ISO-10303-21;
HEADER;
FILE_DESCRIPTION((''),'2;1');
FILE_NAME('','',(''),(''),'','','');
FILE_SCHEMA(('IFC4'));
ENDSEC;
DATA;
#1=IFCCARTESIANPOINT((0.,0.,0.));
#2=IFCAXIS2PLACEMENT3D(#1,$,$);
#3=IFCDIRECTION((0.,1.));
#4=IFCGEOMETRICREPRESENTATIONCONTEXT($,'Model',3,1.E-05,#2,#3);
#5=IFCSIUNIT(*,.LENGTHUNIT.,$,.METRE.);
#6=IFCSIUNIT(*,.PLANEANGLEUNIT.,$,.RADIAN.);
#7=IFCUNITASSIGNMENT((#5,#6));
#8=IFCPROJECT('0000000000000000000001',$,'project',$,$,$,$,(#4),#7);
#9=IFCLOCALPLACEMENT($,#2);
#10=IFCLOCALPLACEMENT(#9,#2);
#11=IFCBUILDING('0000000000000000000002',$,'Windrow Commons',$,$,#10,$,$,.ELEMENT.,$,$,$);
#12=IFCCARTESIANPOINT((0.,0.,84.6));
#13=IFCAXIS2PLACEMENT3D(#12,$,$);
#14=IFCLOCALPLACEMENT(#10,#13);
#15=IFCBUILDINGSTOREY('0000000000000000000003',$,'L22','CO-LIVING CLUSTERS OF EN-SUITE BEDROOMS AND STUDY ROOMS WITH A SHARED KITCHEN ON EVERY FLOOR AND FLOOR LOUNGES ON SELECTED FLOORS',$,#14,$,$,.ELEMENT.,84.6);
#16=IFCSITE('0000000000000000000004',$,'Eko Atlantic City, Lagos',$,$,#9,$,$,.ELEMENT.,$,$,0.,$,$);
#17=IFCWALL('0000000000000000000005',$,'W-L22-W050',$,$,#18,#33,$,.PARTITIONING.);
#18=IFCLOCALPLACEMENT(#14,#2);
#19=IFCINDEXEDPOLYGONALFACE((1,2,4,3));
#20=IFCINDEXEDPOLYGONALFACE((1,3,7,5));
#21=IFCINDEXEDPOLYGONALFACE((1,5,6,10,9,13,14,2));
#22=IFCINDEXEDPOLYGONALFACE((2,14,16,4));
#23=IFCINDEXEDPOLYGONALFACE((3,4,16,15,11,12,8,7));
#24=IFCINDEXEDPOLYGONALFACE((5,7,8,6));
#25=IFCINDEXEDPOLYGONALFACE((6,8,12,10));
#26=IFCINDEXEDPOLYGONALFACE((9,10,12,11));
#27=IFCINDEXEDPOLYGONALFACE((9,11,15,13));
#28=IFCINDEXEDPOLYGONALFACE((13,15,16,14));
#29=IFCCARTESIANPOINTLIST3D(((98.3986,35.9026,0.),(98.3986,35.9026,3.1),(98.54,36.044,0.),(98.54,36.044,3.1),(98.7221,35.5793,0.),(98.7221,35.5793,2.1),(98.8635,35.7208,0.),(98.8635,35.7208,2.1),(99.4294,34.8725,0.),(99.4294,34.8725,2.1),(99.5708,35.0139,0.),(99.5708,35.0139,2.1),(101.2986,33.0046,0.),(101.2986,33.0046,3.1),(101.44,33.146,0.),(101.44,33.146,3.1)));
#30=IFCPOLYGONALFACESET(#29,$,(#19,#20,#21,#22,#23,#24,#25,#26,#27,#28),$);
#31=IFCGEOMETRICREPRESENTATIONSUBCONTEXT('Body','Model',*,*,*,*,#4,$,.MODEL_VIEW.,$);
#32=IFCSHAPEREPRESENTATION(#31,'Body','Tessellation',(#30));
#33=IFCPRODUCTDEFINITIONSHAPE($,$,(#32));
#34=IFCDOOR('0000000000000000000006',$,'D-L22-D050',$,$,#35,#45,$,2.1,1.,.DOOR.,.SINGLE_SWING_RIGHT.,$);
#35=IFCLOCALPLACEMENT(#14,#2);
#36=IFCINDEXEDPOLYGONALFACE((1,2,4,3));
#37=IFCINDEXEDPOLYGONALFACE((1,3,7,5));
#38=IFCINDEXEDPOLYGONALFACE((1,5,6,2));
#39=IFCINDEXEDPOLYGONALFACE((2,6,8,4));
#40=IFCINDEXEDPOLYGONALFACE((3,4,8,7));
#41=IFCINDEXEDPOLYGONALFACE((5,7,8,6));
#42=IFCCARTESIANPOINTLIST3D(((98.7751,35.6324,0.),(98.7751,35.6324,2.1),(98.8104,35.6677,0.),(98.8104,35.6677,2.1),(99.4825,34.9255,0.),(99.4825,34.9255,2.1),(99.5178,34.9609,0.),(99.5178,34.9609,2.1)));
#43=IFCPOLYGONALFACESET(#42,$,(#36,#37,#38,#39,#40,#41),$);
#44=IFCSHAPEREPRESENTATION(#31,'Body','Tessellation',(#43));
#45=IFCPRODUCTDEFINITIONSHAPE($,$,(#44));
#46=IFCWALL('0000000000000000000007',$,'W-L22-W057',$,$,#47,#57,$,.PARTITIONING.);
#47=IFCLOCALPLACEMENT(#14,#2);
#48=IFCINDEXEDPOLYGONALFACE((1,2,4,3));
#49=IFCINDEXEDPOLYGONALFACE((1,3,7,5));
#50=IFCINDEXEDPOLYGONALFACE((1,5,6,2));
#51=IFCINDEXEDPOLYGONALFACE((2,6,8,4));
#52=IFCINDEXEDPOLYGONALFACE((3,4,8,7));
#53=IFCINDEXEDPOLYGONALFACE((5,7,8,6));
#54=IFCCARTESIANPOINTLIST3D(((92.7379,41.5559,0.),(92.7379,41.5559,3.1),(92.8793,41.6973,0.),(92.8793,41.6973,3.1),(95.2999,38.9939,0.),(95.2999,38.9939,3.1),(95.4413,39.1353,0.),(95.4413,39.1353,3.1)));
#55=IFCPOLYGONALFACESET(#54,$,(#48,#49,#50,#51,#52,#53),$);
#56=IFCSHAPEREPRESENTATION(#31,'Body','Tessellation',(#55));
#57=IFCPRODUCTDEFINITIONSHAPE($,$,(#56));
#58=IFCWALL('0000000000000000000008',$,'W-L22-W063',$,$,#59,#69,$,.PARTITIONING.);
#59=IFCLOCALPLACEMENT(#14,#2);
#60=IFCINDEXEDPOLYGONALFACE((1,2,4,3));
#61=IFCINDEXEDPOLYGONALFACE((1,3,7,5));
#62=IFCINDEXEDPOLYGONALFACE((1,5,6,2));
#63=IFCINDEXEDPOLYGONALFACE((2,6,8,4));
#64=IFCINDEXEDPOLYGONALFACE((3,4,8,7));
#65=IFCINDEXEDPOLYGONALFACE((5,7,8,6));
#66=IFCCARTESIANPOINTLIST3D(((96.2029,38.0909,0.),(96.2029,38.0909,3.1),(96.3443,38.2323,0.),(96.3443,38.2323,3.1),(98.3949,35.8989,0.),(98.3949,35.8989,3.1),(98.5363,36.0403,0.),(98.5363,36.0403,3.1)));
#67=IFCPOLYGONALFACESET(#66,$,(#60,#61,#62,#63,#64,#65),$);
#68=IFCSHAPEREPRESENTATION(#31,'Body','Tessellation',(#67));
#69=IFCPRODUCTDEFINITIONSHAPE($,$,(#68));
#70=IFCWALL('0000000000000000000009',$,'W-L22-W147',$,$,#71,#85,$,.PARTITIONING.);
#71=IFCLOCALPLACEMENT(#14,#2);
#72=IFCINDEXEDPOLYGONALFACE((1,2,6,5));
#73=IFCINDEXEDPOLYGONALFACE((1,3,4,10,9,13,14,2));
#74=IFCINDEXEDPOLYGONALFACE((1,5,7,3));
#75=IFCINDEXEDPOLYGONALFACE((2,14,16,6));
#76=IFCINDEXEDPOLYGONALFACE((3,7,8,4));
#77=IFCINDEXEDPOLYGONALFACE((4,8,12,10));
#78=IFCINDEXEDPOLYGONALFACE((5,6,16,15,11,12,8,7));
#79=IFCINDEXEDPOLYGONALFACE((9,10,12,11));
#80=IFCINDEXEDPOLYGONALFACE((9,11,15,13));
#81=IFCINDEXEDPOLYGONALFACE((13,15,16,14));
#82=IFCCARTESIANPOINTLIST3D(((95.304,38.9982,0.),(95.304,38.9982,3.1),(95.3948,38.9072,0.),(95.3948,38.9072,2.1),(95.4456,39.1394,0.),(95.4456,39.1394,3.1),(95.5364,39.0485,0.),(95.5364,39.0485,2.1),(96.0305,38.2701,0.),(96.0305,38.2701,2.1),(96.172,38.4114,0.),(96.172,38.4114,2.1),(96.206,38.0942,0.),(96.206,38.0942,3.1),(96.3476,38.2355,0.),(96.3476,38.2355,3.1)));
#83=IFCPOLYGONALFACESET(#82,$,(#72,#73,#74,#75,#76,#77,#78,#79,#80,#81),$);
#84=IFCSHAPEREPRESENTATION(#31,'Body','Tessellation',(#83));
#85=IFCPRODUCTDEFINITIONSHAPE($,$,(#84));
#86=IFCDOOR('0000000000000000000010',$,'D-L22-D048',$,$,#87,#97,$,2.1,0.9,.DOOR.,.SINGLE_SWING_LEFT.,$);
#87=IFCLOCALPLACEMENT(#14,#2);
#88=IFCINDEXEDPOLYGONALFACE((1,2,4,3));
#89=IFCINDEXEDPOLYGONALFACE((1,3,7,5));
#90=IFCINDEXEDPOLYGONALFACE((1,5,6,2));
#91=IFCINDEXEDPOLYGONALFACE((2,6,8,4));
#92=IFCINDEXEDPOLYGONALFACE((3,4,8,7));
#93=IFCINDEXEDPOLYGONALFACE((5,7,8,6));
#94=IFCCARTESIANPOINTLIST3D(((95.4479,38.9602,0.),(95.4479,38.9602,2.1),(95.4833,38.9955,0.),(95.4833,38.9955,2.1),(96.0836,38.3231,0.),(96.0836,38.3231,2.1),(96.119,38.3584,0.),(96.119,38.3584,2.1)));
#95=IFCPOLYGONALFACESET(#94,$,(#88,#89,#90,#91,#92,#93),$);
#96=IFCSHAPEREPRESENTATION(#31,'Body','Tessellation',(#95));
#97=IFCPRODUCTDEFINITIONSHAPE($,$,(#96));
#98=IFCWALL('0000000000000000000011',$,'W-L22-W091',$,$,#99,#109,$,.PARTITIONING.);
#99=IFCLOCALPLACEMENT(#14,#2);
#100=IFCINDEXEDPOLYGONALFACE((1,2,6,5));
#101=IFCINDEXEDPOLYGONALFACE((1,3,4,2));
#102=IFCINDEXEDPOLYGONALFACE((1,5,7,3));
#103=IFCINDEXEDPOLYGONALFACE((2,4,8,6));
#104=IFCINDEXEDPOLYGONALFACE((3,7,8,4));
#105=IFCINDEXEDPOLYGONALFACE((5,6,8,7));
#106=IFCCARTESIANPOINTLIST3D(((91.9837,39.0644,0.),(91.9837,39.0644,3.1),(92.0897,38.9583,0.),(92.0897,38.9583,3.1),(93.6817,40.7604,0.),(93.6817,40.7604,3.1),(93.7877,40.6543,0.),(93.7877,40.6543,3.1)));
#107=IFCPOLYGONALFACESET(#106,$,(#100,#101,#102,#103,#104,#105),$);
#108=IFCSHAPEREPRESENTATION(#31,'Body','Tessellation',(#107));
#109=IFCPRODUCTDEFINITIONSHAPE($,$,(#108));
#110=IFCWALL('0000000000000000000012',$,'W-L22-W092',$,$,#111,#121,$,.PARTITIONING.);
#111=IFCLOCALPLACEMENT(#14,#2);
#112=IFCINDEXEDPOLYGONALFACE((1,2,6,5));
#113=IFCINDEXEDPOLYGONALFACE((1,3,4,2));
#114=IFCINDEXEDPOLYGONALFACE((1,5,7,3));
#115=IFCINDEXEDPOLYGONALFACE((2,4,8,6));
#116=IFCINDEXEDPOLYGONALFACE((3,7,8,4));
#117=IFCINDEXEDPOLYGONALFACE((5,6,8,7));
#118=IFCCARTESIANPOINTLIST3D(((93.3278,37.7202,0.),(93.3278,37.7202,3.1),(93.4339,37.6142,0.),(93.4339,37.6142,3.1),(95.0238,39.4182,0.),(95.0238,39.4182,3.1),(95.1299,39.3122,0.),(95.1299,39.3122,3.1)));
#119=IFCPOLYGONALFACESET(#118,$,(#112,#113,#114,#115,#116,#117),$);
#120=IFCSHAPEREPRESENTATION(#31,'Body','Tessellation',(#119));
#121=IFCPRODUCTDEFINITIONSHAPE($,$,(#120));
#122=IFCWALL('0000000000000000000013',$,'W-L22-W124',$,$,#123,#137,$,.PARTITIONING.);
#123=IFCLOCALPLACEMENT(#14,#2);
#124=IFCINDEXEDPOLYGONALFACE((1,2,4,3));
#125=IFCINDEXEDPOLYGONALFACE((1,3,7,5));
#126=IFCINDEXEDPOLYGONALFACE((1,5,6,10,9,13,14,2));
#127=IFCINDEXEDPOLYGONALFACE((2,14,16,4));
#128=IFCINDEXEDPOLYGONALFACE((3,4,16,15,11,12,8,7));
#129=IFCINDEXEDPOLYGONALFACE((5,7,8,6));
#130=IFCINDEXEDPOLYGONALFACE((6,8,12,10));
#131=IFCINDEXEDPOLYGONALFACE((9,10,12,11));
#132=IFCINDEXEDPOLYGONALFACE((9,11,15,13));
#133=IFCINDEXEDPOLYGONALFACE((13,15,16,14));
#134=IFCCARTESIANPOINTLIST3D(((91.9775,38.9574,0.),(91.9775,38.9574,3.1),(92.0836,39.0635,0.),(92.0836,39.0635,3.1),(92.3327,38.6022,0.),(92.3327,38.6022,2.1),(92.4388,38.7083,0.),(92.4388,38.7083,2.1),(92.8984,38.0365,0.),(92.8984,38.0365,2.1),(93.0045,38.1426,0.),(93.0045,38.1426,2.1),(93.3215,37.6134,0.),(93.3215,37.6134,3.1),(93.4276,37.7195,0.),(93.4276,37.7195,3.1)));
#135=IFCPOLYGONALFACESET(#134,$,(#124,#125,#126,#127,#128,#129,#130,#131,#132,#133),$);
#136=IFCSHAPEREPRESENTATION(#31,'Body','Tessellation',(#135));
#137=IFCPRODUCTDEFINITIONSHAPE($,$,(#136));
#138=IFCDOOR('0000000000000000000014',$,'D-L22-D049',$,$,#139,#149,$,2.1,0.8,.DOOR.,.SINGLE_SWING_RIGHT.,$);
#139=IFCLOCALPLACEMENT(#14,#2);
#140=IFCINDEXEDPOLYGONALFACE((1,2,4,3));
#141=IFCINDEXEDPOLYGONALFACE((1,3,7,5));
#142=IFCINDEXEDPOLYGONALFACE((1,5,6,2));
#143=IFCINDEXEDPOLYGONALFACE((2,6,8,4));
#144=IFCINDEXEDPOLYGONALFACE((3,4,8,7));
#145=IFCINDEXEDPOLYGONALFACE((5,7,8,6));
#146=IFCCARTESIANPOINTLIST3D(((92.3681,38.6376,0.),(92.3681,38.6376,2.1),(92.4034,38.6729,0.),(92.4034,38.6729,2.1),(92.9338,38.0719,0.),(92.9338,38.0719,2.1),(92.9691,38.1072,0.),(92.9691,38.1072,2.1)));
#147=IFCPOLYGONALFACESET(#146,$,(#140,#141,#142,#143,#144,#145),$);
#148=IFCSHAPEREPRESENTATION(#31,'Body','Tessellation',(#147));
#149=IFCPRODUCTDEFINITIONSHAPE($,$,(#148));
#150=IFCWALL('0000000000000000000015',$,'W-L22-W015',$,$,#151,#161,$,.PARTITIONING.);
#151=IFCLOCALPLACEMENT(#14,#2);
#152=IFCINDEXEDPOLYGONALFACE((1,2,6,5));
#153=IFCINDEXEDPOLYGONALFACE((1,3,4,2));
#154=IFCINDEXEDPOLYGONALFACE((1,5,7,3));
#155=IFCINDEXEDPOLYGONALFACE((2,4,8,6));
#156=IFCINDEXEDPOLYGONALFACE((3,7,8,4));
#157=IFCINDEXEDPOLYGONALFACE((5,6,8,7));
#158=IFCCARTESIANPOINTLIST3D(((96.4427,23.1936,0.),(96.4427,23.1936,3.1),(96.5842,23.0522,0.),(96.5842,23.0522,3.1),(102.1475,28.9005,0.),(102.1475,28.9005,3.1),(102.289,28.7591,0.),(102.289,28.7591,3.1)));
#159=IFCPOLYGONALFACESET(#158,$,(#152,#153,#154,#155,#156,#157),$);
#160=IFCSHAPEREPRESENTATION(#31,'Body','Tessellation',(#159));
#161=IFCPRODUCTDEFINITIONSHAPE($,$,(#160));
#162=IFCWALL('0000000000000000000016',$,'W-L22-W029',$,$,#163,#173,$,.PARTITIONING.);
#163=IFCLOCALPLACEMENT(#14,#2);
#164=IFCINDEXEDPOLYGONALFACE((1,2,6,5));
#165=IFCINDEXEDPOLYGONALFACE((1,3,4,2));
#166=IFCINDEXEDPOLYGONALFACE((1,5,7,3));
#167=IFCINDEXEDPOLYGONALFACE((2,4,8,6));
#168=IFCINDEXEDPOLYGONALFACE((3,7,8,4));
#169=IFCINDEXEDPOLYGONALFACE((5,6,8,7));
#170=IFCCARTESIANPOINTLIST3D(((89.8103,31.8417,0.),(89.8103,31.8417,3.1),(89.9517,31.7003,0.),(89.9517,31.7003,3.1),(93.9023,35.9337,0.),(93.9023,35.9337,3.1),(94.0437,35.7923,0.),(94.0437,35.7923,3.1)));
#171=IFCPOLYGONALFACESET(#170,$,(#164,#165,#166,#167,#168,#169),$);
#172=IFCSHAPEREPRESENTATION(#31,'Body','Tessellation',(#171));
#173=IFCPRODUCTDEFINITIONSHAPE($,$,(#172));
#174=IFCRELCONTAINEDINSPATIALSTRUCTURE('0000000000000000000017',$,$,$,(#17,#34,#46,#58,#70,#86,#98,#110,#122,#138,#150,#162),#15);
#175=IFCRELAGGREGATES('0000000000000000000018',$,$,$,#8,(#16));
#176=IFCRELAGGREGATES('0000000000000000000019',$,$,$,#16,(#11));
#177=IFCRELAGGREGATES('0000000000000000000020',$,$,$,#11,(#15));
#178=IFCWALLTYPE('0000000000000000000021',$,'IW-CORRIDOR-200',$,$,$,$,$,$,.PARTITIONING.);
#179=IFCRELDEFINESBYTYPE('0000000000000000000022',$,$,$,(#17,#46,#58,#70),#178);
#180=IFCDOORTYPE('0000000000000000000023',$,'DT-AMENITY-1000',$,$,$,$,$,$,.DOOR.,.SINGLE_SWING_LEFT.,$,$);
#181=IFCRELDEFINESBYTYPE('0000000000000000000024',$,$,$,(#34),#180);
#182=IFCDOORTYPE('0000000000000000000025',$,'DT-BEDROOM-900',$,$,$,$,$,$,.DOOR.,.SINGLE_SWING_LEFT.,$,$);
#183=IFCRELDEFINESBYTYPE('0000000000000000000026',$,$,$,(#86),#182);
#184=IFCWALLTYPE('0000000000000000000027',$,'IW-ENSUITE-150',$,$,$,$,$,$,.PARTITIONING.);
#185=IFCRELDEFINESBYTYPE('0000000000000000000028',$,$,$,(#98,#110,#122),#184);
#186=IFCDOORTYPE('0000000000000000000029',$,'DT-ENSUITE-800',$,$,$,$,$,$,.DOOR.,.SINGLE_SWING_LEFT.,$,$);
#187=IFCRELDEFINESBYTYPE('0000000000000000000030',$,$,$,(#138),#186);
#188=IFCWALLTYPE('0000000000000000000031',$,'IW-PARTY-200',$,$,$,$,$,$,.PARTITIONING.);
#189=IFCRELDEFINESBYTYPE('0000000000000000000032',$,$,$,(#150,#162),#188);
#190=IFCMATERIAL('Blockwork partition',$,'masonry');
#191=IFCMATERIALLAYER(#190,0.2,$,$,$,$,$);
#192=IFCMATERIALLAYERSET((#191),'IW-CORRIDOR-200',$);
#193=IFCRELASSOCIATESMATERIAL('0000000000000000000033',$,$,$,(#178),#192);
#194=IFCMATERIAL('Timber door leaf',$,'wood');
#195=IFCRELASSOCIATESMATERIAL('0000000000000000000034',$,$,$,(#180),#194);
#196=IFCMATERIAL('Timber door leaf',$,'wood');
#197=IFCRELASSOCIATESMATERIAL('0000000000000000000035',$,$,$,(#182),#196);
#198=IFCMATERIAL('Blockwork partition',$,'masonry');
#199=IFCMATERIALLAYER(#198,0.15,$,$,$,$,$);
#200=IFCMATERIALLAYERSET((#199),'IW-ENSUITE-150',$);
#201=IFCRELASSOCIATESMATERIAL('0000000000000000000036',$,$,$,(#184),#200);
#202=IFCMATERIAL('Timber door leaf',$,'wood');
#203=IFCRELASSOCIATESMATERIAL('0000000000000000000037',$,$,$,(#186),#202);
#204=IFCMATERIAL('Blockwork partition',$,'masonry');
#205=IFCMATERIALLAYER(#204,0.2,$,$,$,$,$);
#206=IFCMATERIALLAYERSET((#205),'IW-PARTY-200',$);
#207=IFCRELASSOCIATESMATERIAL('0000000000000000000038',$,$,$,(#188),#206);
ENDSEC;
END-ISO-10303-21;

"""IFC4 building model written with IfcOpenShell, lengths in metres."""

from ifc_helpers import new_model, si_unit, direction, frame, frame_2d, origin, place, context, subcontext, project, spatial, rectangle, extrude, material, layer, layer_set, type_object, element, fill, save


model = new_model("IFC4")

# Units and contexts
model_context = context("Model", 3, precision=1e-05, world=origin(), true_north=direction((0.0, 1.0)))
body_context = subcontext(model_context, "Body", "Model", "MODEL_VIEW")
ifc_project = project(units=[si_unit("LENGTHUNIT", "METRE"), si_unit("PLANEANGLEUNIT", "RADIAN")], contexts=[model_context])

# Site, building, storey
site_placement = place(None, origin())
site = spatial("IfcSite", under=ifc_project, at=site_placement, Name="Eko Atlantic City, Lagos", CompositionType="ELEMENT", RefElevation=0.0)
building_placement = place(site_placement, origin())
building = spatial("IfcBuilding", under=site, at=building_placement, Name="Windrow Commons", CompositionType="ELEMENT")
storey_placement = place(building_placement, frame((0.0, 0.0, 84.6)))
storey = spatial("IfcBuildingStorey", under=building, at=storey_placement, Name="L22", Description="CO-LIVING CLUSTERS OF EN-SUITE BEDROOMS AND STUDY ROOMS WITH A SHARED KITCHEN ON EVERY FLOOR AND FLOOR LOUNGES ON SELECTED FLOORS", CompositionType="ELEMENT", Elevation=84.6)

# Wall, opening, door
ifc_material_1 = material(Name="Blockwork partition", Category="masonry")
ifc_layer_1 = layer(ifc_material_1, 0.2)
ifc_layer_set_1 = layer_set([ifc_layer_1], Name="IW-CORRIDOR-200")
wall_type_1 = type_object("IfcWallType", Name="IW-CORRIDOR-200", PredefinedType="PARTITIONING", material=ifc_layer_set_1)
wall_1_placement = place(storey_placement, frame((98.4693, 35.9733, 0.0), z_axis=(0.0, 0.0, 1.0), x_axis=(0.707351, -0.706863, 0.0)))
wall_1 = element("IfcWall", 1, at=wall_1_placement, inside=storey, type_object=wall_type_1, Name="W-L22-W050", PredefinedType="PARTITIONING", context=body_context, shape_type="SweptSolid", body=[
    extrude(rectangle(XDim=4.0998, YDim=0.2, at=frame_2d((2.0499, 0.0))), origin(), (0.0, 0.0, 1.0), 3.1),
])
opening_1_placement = place(wall_1_placement, frame((0.4573, 0.0, 0.0)))
opening_1 = element("IfcOpeningElement", 2, at=opening_1_placement, cuts=wall_1, PredefinedType="OPENING", context=body_context, shape_type="SweptSolid", body=[
    extrude(rectangle(XDim=1.0, YDim=2.1, at=frame_2d((0.5, 1.05))), frame((0.0, 0.11, 0.0), z_axis=(0.0, -1.0, 0.0), x_axis=(1.0, 0.0, 0.0)), (0.0, 0.0, 1.0), 0.22),
])
ifc_material_2 = material(Name="Timber door leaf", Category="wood")
door_type_1 = type_object("IfcDoorType", Name="DT-AMENITY-1000", OperationType="SINGLE_SWING_LEFT", PredefinedType="DOOR", material=ifc_material_2)
door_1_placement = place(opening_1_placement, origin())
door_1 = element("IfcDoor", 3, at=door_1_placement, inside=storey, type_object=door_type_1, Name="D-L22-D050", OperationType="SINGLE_SWING_RIGHT", OverallHeight=2.1, OverallWidth=1.0, PredefinedType="DOOR", context=body_context, shape_type="SweptSolid", body=[
    extrude(rectangle(XDim=1.0, YDim=2.1, at=frame_2d((0.5, 1.05))), frame((0.0, 0.025, 0.0), z_axis=(0.0, -1.0, 0.0), x_axis=(1.0, 0.0, 0.0)), (0.0, 0.0, 1.0), 0.05),
])
fill(opening_1, door_1)

# Walls
wall_2_placement = place(storey_placement, frame((92.8086, 41.6266, 0.0), z_axis=(0.0, 0.0, 1.0), x_axis=(0.707107, -0.707107, 0.0)))
element("IfcWall", 4, at=wall_2_placement, inside=storey, type_object=wall_type_1, Name="W-L22-W057", PredefinedType="PARTITIONING", context=body_context, shape_type="SweptSolid", body=[
    extrude(rectangle(XDim=3.6232, YDim=0.2, at=frame_2d((1.8116, 0.0))), origin(), (0.0, 0.0, 1.0), 3.1),
])
wall_3_placement = place(storey_placement, frame((96.2736, 38.1616, 0.0), z_axis=(0.0, 0.0, 1.0), x_axis=(0.707107, -0.707107, 0.0)))
element("IfcWall", 5, at=wall_3_placement, inside=storey, type_object=wall_type_1, Name="W-L22-W063", PredefinedType="PARTITIONING", context=body_context, shape_type="SweptSolid", body=[
    extrude(rectangle(XDim=3.1, YDim=0.2, at=frame_2d((1.55, 0.0))), origin(), (0.0, 0.0, 1.0), 3.1),
])

# Wall, opening, door
wall_4_placement = place(storey_placement, frame((95.3748, 39.0688, 0.0), z_axis=(0.0, 0.0, 1.0), x_axis=(0.706323, -0.707889, 0.0)))
wall_4 = element("IfcWall", 6, at=wall_4_placement, inside=storey, type_object=wall_type_1, Name="W-L22-W147", PredefinedType="PARTITIONING", context=body_context, shape_type="SweptSolid", body=[
    extrude(rectangle(XDim=1.277, YDim=0.2, at=frame_2d((0.6385, 0.0))), origin(), (0.0, 0.0, 1.0), 3.1),
])
opening_2_placement = place(wall_4_placement, frame((0.1285, 0.0, 0.0)))
opening_2 = element("IfcOpeningElement", 7, at=opening_2_placement, cuts=wall_4, PredefinedType="OPENING", context=body_context, shape_type="SweptSolid", body=[
    extrude(rectangle(XDim=0.9, YDim=2.1, at=frame_2d((0.45, 1.05))), frame((0.0, 0.11, 0.0), z_axis=(0.0, -1.0, 0.0), x_axis=(1.0, 0.0, 0.0)), (0.0, 0.0, 1.0), 0.22),
])
ifc_material_3 = material(Name="Timber door leaf", Category="wood")
door_type_2 = type_object("IfcDoorType", Name="DT-BEDROOM-900", OperationType="SINGLE_SWING_LEFT", PredefinedType="DOOR", material=ifc_material_3)
door_2_placement = place(opening_2_placement, origin())
door_2 = element("IfcDoor", 8, at=door_2_placement, inside=storey, type_object=door_type_2, Name="D-L22-D048", OperationType="SINGLE_SWING_LEFT", OverallHeight=2.1, OverallWidth=0.9, PredefinedType="DOOR", context=body_context, shape_type="SweptSolid", body=[
    extrude(rectangle(XDim=0.9, YDim=2.1, at=frame_2d((0.45, 1.05))), frame((0.0, 0.025, 0.0), z_axis=(0.0, -1.0, 0.0), x_axis=(1.0, 0.0, 0.0)), (0.0, 0.0, 1.0), 0.05),
])
fill(opening_2, door_2)

# Walls
ifc_material_4 = material(Name="Blockwork partition", Category="masonry")
ifc_layer_2 = layer(ifc_material_4, 0.15)
ifc_layer_set_2 = layer_set([ifc_layer_2], Name="IW-ENSUITE-150")
wall_type_2 = type_object("IfcWallType", Name="IW-ENSUITE-150", PredefinedType="PARTITIONING", material=ifc_layer_set_2)
for number, where, z_axis, x_axis, name in (
    (9, (92.0367, 39.0113, 0.0), (0.0, 0.0, 1.0), (0.707523, 0.70669, 0.0), "W-L22-W091"),
    (10, (93.3808, 37.6672, 0.0), (0.0, 0.0, 1.0), (0.70669, 0.707523, 0.0), "W-L22-W092"),
):
    element("IfcWall", number, at=place(storey_placement, frame(where, z_axis=z_axis, x_axis=x_axis)), inside=storey, type_object=wall_type_2, Name=name, PredefinedType="PARTITIONING", context=body_context, shape_type="SweptSolid", body=[
        extrude(rectangle(XDim=2.3999, YDim=0.15, at=frame_2d((1.2, 0.0))), origin(), (0.0, 0.0, 1.0), 3.1),
    ])

# Wall, opening, door
wall_5_placement = place(storey_placement, frame((92.0305, 39.0105, 0.0), z_axis=(0.0, 0.0, 1.0), x_axis=(0.707107, -0.707107, 0.0)))
wall_5 = element("IfcWall", 11, at=wall_5_placement, inside=storey, type_object=wall_type_2, Name="W-L22-W124", PredefinedType="PARTITIONING", context=body_context, shape_type="SweptSolid", body=[
    extrude(rectangle(XDim=1.9007, YDim=0.15, at=frame_2d((0.9504, 0.0))), origin(), (0.0, 0.0, 1.0), 3.1),
])
opening_3_placement = place(wall_5_placement, frame((0.5024, 0.0, 0.0)))
opening_3 = element("IfcOpeningElement", 12, at=opening_3_placement, cuts=wall_5, PredefinedType="OPENING", context=body_context, shape_type="SweptSolid", body=[
    extrude(rectangle(XDim=0.8, YDim=2.1, at=frame_2d((0.4, 1.05))), frame((0.0, 0.085, 0.0), z_axis=(0.0, -1.0, 0.0), x_axis=(1.0, 0.0, 0.0)), (0.0, 0.0, 1.0), 0.17),
])
ifc_material_5 = material(Name="Timber door leaf", Category="wood")
door_type_3 = type_object("IfcDoorType", Name="DT-ENSUITE-800", OperationType="SINGLE_SWING_LEFT", PredefinedType="DOOR", material=ifc_material_5)
door_3_placement = place(opening_3_placement, origin())
door_3 = element("IfcDoor", 13, at=door_3_placement, inside=storey, type_object=door_type_3, Name="D-L22-D049", OperationType="SINGLE_SWING_RIGHT", OverallHeight=2.1, OverallWidth=0.8, PredefinedType="DOOR", context=body_context, shape_type="SweptSolid", body=[
    extrude(rectangle(XDim=0.8, YDim=2.1, at=frame_2d((0.4, 1.05))), frame((0.0, 0.025, 0.0), z_axis=(0.0, -1.0, 0.0), x_axis=(1.0, 0.0, 0.0)), (0.0, 0.0, 1.0), 0.05),
])
fill(opening_3, door_3)

# Walls
ifc_material_6 = material(Name="Blockwork partition", Category="masonry")
ifc_layer_3 = layer(ifc_material_6, 0.2)
ifc_layer_set_3 = layer_set([ifc_layer_3], Name="IW-PARTY-200")
wall_type_3 = type_object("IfcWallType", Name="IW-PARTY-200", PredefinedType="PARTITIONING", material=ifc_layer_set_3)
wall_6_placement = place(storey_placement, frame((96.5134, 23.1229, 0.0), z_axis=(0.0, 0.0, 1.0), x_axis=(0.706977, 0.707237, 0.0)))
element("IfcWall", 14, at=wall_6_placement, inside=storey, type_object=wall_type_3, Name="W-L22-W015", PredefinedType="PARTITIONING", context=body_context, shape_type="SweptSolid", body=[
    extrude(rectangle(XDim=8.0693, YDim=0.2, at=frame_2d((4.0347, 0.0))), origin(), (0.0, 0.0, 1.0), 3.1),
])
wall_7_placement = place(storey_placement, frame((89.881, 31.771, 0.0), z_axis=(0.0, 0.0, 1.0), x_axis=(0.707107, 0.707107, 0.0)))
element("IfcWall", 15, at=wall_7_placement, inside=storey, type_object=wall_type_3, Name="W-L22-W029", PredefinedType="PARTITIONING", context=body_context, shape_type="SweptSolid", body=[
    extrude(rectangle(XDim=5.787, YDim=0.2, at=frame_2d((2.8935, 0.0))), origin(), (0.0, 0.0, 1.0), 3.1),
])

save(model, "model.ifc")
